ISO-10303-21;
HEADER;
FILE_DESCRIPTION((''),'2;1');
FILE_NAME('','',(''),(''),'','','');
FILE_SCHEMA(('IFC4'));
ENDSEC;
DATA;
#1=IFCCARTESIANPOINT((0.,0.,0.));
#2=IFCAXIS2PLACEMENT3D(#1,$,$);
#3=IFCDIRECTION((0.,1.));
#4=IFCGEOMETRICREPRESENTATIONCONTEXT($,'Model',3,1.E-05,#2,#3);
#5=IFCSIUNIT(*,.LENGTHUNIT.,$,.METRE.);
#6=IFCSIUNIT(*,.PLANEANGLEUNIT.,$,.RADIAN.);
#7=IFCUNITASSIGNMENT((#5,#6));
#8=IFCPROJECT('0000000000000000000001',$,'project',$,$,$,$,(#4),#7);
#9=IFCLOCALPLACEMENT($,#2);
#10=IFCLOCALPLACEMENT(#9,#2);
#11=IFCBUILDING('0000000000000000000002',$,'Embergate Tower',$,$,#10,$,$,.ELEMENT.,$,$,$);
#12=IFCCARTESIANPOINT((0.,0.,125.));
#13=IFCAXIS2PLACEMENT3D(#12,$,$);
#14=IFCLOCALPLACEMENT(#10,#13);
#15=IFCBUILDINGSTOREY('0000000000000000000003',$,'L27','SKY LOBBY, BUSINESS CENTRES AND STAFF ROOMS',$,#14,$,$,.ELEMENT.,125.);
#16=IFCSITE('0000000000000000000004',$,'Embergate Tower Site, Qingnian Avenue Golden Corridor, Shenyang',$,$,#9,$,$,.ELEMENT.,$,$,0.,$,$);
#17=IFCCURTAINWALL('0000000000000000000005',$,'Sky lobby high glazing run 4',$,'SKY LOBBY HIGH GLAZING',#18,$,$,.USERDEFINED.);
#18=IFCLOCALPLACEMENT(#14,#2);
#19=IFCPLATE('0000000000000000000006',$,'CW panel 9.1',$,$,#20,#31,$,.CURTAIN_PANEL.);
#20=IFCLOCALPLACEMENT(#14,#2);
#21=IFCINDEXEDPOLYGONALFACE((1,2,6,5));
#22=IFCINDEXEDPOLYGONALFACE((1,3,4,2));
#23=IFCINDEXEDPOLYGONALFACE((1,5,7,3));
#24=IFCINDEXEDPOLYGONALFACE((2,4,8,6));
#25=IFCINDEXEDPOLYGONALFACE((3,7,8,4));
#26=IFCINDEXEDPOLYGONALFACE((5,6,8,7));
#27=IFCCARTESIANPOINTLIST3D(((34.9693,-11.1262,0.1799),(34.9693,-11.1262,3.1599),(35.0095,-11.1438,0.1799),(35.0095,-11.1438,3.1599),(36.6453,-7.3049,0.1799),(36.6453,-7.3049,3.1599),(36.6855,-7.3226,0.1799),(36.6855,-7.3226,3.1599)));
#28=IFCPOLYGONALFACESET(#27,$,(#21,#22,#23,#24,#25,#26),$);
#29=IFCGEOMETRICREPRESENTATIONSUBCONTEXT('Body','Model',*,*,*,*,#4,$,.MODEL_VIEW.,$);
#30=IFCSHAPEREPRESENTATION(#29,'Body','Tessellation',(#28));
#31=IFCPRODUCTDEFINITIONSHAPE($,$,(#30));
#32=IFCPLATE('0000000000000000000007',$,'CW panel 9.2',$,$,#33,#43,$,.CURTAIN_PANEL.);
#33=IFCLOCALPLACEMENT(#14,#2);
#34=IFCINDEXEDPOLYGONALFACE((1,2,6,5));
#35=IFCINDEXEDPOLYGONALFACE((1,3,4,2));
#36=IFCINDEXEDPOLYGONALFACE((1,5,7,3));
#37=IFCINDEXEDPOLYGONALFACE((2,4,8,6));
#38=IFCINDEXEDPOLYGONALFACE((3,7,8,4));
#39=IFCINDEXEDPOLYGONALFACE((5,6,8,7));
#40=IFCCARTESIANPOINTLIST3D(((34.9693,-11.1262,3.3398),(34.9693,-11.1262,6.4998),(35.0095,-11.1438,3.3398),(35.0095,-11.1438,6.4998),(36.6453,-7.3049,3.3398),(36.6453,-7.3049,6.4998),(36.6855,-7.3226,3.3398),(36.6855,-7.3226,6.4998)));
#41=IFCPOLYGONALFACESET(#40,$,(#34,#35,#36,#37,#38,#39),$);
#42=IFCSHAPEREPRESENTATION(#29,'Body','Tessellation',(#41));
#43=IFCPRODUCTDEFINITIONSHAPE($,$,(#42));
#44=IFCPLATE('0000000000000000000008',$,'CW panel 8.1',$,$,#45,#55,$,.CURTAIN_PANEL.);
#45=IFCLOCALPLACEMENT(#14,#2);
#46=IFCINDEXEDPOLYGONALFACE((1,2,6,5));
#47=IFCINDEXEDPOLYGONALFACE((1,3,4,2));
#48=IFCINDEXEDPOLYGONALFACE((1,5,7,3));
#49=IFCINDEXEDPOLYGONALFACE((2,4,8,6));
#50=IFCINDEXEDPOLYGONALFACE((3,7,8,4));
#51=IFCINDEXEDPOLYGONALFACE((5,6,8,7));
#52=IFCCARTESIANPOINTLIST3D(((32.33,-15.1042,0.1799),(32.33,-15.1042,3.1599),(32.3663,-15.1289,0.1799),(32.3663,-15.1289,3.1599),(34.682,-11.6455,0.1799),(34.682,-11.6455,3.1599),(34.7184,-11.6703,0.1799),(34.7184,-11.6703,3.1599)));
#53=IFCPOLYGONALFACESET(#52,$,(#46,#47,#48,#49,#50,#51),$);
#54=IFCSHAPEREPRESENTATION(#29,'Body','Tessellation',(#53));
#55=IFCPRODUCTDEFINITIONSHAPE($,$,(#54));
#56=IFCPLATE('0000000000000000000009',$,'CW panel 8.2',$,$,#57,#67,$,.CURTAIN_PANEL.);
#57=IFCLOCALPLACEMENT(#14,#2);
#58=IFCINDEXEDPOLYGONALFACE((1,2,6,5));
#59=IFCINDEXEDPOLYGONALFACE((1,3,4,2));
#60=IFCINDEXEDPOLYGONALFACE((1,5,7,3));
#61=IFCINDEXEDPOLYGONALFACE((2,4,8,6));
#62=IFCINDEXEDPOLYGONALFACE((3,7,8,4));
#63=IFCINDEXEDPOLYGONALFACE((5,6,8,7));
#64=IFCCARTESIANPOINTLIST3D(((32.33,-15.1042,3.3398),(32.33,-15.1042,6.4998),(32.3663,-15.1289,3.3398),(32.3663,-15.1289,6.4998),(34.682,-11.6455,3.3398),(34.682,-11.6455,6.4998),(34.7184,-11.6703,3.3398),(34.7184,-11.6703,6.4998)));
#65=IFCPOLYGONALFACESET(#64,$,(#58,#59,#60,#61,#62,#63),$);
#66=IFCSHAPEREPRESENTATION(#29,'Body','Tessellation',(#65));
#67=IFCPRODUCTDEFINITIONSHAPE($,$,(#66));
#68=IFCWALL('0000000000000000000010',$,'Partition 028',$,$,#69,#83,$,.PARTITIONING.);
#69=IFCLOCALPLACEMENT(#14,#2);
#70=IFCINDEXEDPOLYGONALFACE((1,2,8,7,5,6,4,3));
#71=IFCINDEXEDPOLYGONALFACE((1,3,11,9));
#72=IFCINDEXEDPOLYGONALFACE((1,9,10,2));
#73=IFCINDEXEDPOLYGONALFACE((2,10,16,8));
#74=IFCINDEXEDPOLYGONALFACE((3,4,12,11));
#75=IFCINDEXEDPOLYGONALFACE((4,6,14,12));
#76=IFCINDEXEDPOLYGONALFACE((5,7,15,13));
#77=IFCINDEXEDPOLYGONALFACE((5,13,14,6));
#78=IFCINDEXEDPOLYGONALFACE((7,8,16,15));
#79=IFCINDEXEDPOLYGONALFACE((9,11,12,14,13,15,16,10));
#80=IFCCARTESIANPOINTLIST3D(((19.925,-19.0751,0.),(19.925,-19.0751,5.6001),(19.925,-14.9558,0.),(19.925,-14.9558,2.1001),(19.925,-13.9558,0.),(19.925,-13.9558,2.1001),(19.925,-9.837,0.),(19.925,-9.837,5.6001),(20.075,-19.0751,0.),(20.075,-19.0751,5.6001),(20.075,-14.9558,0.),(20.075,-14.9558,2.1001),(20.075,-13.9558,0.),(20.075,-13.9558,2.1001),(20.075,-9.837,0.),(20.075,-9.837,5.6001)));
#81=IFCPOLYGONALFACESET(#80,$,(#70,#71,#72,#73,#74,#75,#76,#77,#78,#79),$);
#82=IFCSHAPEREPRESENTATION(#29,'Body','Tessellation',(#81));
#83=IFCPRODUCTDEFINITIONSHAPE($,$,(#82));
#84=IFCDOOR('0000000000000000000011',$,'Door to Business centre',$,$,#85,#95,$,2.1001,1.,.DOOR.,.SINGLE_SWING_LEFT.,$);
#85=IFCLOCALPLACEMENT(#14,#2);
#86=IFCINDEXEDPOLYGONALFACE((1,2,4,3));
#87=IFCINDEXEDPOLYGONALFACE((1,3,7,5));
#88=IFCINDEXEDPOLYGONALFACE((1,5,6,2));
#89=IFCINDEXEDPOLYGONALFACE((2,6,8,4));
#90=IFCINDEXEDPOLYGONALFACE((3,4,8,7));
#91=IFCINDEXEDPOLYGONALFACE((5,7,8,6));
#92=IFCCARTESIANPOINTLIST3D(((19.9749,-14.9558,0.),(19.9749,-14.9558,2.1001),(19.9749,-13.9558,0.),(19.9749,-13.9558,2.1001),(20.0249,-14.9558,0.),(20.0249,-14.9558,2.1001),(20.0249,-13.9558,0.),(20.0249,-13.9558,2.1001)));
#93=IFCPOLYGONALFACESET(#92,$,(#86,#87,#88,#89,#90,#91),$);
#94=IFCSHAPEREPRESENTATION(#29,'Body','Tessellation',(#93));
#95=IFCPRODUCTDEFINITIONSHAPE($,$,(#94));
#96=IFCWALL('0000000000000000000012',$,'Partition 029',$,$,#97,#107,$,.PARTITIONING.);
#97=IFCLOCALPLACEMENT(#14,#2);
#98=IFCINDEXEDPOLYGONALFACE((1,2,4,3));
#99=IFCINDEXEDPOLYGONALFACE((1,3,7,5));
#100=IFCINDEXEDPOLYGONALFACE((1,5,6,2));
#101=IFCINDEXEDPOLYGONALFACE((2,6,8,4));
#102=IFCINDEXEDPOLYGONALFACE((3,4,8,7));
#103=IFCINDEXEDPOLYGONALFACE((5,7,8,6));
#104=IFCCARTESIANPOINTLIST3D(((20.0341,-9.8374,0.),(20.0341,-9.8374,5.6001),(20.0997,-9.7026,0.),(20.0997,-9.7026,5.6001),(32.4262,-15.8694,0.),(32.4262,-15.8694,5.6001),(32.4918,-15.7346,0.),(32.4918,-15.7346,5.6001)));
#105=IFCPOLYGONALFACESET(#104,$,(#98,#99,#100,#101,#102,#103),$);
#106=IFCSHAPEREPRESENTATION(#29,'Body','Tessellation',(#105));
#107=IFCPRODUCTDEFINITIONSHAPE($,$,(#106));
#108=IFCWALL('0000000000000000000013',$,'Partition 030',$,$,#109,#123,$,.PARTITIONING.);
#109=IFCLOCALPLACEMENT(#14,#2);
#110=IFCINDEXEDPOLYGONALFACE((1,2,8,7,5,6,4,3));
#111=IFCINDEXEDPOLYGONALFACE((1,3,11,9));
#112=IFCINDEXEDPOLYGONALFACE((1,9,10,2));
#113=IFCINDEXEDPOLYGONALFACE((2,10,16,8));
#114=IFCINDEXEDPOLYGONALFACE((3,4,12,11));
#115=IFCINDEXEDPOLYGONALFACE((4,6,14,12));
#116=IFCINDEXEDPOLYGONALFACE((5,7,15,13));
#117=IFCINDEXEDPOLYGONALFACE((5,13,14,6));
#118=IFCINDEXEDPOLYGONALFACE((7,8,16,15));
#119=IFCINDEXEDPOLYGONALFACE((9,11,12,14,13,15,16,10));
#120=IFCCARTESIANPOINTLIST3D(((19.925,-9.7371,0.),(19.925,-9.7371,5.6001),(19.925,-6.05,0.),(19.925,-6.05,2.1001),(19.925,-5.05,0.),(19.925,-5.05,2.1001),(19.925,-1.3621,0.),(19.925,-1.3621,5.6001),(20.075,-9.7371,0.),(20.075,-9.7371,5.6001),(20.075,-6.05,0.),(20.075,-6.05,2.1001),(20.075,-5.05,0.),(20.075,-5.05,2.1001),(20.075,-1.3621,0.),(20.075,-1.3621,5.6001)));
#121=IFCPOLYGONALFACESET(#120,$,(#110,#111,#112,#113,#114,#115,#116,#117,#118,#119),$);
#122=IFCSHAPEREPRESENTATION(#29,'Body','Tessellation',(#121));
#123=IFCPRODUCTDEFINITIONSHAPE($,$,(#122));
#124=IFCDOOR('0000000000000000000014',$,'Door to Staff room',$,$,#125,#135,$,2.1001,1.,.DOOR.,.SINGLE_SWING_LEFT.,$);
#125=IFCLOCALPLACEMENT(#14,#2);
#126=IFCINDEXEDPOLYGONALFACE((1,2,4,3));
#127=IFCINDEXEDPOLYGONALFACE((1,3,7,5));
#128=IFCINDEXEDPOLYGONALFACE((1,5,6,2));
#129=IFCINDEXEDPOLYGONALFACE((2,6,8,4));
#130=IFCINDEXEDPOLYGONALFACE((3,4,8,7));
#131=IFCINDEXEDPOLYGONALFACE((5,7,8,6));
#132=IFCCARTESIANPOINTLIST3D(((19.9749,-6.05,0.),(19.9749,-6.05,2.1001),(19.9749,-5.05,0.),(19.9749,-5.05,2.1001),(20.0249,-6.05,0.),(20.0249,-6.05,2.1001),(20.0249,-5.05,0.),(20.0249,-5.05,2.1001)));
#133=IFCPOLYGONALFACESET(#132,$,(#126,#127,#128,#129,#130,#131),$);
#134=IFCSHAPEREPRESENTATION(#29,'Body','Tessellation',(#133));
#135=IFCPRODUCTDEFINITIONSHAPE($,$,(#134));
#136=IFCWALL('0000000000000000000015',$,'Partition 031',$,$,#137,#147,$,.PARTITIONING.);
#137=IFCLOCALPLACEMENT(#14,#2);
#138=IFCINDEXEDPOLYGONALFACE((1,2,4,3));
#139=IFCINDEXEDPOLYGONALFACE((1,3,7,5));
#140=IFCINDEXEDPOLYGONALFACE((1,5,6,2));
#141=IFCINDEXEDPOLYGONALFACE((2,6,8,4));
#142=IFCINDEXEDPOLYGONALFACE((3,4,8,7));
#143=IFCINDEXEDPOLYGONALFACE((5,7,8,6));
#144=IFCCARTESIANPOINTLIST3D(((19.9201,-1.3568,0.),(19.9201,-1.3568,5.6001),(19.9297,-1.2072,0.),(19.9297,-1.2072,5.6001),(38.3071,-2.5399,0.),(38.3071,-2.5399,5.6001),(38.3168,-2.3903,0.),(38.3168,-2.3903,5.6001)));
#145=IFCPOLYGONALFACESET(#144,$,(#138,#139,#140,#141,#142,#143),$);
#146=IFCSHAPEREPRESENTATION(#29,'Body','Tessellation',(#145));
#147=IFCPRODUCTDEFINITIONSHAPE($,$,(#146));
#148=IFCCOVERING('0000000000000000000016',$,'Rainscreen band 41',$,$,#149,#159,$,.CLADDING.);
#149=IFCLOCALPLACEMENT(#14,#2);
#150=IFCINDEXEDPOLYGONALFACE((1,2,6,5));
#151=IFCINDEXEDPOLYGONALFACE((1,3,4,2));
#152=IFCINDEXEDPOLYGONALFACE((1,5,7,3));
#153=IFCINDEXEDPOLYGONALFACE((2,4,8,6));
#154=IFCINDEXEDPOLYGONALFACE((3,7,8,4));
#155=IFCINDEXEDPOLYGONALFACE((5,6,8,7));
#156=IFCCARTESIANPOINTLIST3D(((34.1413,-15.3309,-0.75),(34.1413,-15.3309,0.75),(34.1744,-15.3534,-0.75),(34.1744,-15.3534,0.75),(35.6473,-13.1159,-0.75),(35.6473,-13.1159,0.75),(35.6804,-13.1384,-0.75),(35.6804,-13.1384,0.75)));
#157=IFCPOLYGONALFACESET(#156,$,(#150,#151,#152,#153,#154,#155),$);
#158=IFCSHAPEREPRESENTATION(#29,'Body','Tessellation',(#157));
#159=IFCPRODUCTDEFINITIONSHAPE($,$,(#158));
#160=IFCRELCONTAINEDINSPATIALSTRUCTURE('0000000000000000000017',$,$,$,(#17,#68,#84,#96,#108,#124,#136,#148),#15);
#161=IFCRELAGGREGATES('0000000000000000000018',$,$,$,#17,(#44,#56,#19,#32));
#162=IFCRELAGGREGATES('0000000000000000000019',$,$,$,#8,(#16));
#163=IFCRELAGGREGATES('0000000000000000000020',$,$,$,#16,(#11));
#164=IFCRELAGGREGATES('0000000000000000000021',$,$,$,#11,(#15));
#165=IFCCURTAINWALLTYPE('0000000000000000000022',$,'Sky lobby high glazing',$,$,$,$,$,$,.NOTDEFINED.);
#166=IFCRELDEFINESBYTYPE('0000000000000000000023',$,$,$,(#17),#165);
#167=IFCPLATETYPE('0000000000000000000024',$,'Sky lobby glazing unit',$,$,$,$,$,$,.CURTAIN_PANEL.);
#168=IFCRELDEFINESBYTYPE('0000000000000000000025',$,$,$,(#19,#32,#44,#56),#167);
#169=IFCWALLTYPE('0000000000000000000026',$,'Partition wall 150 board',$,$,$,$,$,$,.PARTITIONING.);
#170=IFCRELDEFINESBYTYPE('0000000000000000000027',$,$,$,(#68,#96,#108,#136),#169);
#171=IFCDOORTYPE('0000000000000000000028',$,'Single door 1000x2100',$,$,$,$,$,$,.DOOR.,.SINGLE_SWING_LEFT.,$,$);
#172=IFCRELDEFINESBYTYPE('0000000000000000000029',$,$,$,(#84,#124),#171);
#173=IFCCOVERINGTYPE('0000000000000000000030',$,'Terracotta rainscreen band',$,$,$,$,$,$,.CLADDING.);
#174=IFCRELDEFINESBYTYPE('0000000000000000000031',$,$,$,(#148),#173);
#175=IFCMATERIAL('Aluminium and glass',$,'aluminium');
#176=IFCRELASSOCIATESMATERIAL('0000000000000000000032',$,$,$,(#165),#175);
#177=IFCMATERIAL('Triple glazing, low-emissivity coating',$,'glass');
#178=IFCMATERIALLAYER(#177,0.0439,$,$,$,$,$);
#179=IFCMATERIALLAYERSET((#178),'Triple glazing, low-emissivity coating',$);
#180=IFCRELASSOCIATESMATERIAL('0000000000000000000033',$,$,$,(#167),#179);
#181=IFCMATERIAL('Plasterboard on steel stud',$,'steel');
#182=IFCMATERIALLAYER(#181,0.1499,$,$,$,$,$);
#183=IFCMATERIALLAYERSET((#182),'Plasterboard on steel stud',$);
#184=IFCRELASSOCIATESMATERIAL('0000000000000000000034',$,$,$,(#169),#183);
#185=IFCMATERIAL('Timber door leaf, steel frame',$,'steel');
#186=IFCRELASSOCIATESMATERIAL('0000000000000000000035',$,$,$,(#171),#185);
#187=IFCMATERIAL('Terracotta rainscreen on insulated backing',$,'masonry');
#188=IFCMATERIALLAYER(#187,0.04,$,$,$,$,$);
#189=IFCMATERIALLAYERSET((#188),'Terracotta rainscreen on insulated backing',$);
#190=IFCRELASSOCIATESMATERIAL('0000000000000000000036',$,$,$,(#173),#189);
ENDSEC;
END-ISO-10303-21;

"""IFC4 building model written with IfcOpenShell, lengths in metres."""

from ifc_helpers import new_model, si_unit, direction, frame, frame_2d, origin, origin_2d, place, context, subcontext, project, spatial, rectangle, extrude, source, transform, mapped, material, layer, layer_set, type_object, element, fill, aggregate, save


model = new_model("IFC4")

# Units and contexts
model_context = context("Model", 3, precision=1e-05, world=origin(), true_north=direction((0.0, 1.0)))
body_context = subcontext(model_context, "Body", "Model", "MODEL_VIEW")
ifc_project = project(units=[si_unit("LENGTHUNIT", "METRE"), si_unit("PLANEANGLEUNIT", "RADIAN")], contexts=[model_context])

# Site, building, storey
site_placement = place(None, origin())
site = spatial("IfcSite", under=ifc_project, at=site_placement, Name="Embergate Tower Site, Qingnian Avenue Golden Corridor, Shenyang", CompositionType="ELEMENT", RefElevation=0.0)
building_placement = place(site_placement, origin())
building = spatial("IfcBuilding", under=site, at=building_placement, Name="Embergate Tower", CompositionType="ELEMENT")
storey_placement = place(building_placement, frame((0.0, 0.0, 125.0)))
storey = spatial("IfcBuildingStorey", under=building, at=storey_placement, Name="L27", Description="SKY LOBBY, BUSINESS CENTRES AND STAFF ROOMS", CompositionType="ELEMENT", Elevation=125.0)

# Curtain wall, plates
ifc_material_1 = material(Name="Aluminium and glass", Category="aluminium")
curtain_wall_type = type_object("IfcCurtainWallType", Name="Sky lobby high glazing", PredefinedType="NOTDEFINED", material=ifc_material_1)
curtain_wall_placement = place(storey_placement, origin())
curtain_wall = element("IfcCurtainWall", 1, at=curtain_wall_placement, inside=storey, type_object=curtain_wall_type, Name="Sky lobby high glazing run 4", ObjectType="SKY LOBBY HIGH GLAZING", PredefinedType="USERDEFINED")
ifc_material_2 = material(Name="Triple glazing, low-emissivity coating", Category="glass")
ifc_layer_1 = layer(ifc_material_2, 0.0439)
ifc_layer_set_1 = layer_set([ifc_layer_1], Name="Triple glazing, low-emissivity coating")
plate_type = type_object("IfcPlateType", Name="Sky lobby glazing unit", PredefinedType="CURTAIN_PANEL", material=ifc_layer_set_1)
shared_shape_1 = source(origin(), body_context, "Body", "SweptSolid", [
    extrude(rectangle(XDim=4.1726, YDim=0.0439, at=origin_2d()), origin(), (0.0, 0.0, 1.0), 2.98),
])
plate_1_placement = place(storey_placement, frame((35.8274, -9.2244, 0.1799), z_axis=(0.0, 0.0, 1.0), x_axis=(0.401658, 0.91579, 0.0)))
plate_1 = element("IfcPlate", 2, at=plate_1_placement, type_object=plate_type, Name="CW panel 9.1", PredefinedType="CURTAIN_PANEL", context=body_context, shape_type="MappedRepresentation", body=[
    mapped(shared_shape_1, transform((0.0, 0.0, 0.0))),
])
shared_shape_2 = source(origin(), body_context, "Body", "SweptSolid", [
    extrude(rectangle(XDim=4.1726, YDim=0.0439, at=origin_2d()), origin(), (0.0, 0.0, 1.0), 3.1599),
])
plate_2_placement = place(storey_placement, frame((35.8274, -9.2244, 3.3398), z_axis=(0.0, 0.0, 1.0), x_axis=(0.401658, 0.91579, 0.0)))
plate_2 = element("IfcPlate", 3, at=plate_2_placement, type_object=plate_type, Name="CW panel 9.2", PredefinedType="CURTAIN_PANEL", context=body_context, shape_type="MappedRepresentation", body=[
    mapped(shared_shape_2, transform((0.0, 0.0, 0.0))),
])
shared_shape_3 = source(origin(), body_context, "Body", "SweptSolid", [
    extrude(rectangle(XDim=4.1826, YDim=0.0439, at=origin_2d()), origin(), (0.0, 0.0, 1.0), 2.98),
])
plate_3_placement = place(storey_placement, frame((33.5242, -13.3872, 0.1799), z_axis=(0.0, 0.0, 1.0), x_axis=(0.562348, 0.826901, 0.0)))
plate_3 = element("IfcPlate", 4, at=plate_3_placement, type_object=plate_type, Name="CW panel 8.1", PredefinedType="CURTAIN_PANEL", context=body_context, shape_type="MappedRepresentation", body=[
    mapped(shared_shape_3, transform((0.0, 0.0, 0.0))),
])
shared_shape_4 = source(origin(), body_context, "Body", "SweptSolid", [
    extrude(rectangle(XDim=4.1826, YDim=0.0439, at=origin_2d()), origin(), (0.0, 0.0, 1.0), 3.1599),
])
plate_4_placement = place(storey_placement, frame((33.5242, -13.3872, 3.3398), z_axis=(0.0, 0.0, 1.0), x_axis=(0.562348, 0.826901, 0.0)))
plate_4 = element("IfcPlate", 5, at=plate_4_placement, type_object=plate_type, Name="CW panel 8.2", PredefinedType="CURTAIN_PANEL", context=body_context, shape_type="MappedRepresentation", body=[
    mapped(shared_shape_4, transform((0.0, 0.0, 0.0))),
])
aggregate(curtain_wall, [plate_3, plate_4, plate_1, plate_2])

# Wall, opening, door
ifc_material_3 = material(Name="Plasterboard on steel stud", Category="steel")
ifc_layer_2 = layer(ifc_material_3, 0.1499)
ifc_layer_set_2 = layer_set([ifc_layer_2], Name="Plasterboard on steel stud")
wall_type = type_object("IfcWallType", Name="Partition wall 150 board", PredefinedType="PARTITIONING", material=ifc_layer_set_2)
shared_shape_5 = source(origin(), body_context, "Body", "SweptSolid", [
    extrude(rectangle(XDim=9.238, YDim=0.1499, at=frame_2d((4.6191, 0.0))), origin(), (0.0, 0.0, 1.0), 5.6001),
])
wall_1_placement = place(storey_placement, frame((20.0, -9.8369, 0.0), z_axis=(0.0, 0.0, 1.0), x_axis=(0.0, -1.0, 0.0)))
wall_1 = element("IfcWall", 6, at=wall_1_placement, inside=storey, type_object=wall_type, Name="Partition 028", PredefinedType="PARTITIONING", context=body_context, shape_type="MappedRepresentation", body=[
    mapped(shared_shape_5, transform((0.0, 0.0, 0.0))),
])
shared_shape_6 = source(origin(), body_context, "Body", "SweptSolid", [
    extrude(rectangle(XDim=1.0, YDim=2.1001, at=frame_2d((0.5, 1.05))), frame((0.0, 0.085, 0.0), z_axis=(0.0, -1.0, 0.0), x_axis=(1.0, 0.0, 0.0)), (0.0, 0.0, 1.0), 0.1699),
])
opening_1_placement = place(wall_1_placement, frame((4.1189, 0.0, 0.0)))
opening_1 = element("IfcOpeningElement", 7, at=opening_1_placement, cuts=wall_1, PredefinedType="OPENING", context=body_context, shape_type="MappedRepresentation", body=[
    mapped(shared_shape_6, transform((0.0, 0.0, 0.0))),
])
ifc_material_4 = material(Name="Timber door leaf, steel frame", Category="steel")
door_type = type_object("IfcDoorType", Name="Single door 1000x2100", OperationType="SINGLE_SWING_LEFT", PredefinedType="DOOR", material=ifc_material_4)
shared_shape_7 = source(origin(), body_context, "Body", "SweptSolid", [
    extrude(rectangle(XDim=1.0, YDim=2.1001, at=frame_2d((0.5, 1.05))), frame((0.0, 0.0249, 0.0), z_axis=(0.0, -1.0, 0.0), x_axis=(1.0, 0.0, 0.0)), (0.0, 0.0, 1.0), 0.05),
])
door_1_placement = place(opening_1_placement, origin())
door_1 = element("IfcDoor", 8, at=door_1_placement, inside=storey, type_object=door_type, Name="Door to Business centre", OperationType="SINGLE_SWING_LEFT", OverallHeight=2.1001, OverallWidth=1.0, PredefinedType="DOOR", context=body_context, shape_type="MappedRepresentation", body=[
    mapped(shared_shape_7, transform((0.0, 0.0, 0.0))),
])
fill(opening_1, door_1)

# Wall
shared_shape_8 = source(origin(), body_context, "Body", "SweptSolid", [
    extrude(rectangle(XDim=13.7822, YDim=0.1499, at=frame_2d((6.8911, 0.0))), origin(), (0.0, 0.0, 1.0), 5.6001),
])
wall_2_placement = place(storey_placement, frame((20.0669, -9.77, 0.0), z_axis=(0.0, 0.0, 1.0), x_axis=(0.899138, -0.437665, 0.0)))
element("IfcWall", 9, at=wall_2_placement, inside=storey, type_object=wall_type, Name="Partition 029", PredefinedType="PARTITIONING", context=body_context, shape_type="MappedRepresentation", body=[
    mapped(shared_shape_8, transform((0.0, 0.0, 0.0))),
])

# Wall, opening, door
shared_shape_9 = source(origin(), body_context, "Body", "SweptSolid", [
    extrude(rectangle(XDim=8.375, YDim=0.1499, at=frame_2d((4.1875, 0.0))), origin(), (0.0, 0.0, 1.0), 5.6001),
])
wall_3_placement = place(storey_placement, frame((20.0, -1.3621, 0.0), z_axis=(0.0, 0.0, 1.0), x_axis=(0.0, -1.0, 0.0)))
wall_3 = element("IfcWall", 10, at=wall_3_placement, inside=storey, type_object=wall_type, Name="Partition 030", PredefinedType="PARTITIONING", context=body_context, shape_type="MappedRepresentation", body=[
    mapped(shared_shape_9, transform((0.0, 0.0, 0.0))),
])
opening_2_placement = place(wall_3_placement, frame((3.688, 0.0, 0.0)))
opening_2 = element("IfcOpeningElement", 11, at=opening_2_placement, cuts=wall_3, PredefinedType="OPENING", context=body_context, shape_type="MappedRepresentation", body=[
    mapped(shared_shape_6, transform((0.0, 0.0, 0.0))),
])
door_2_placement = place(opening_2_placement, origin())
door_2 = element("IfcDoor", 12, at=door_2_placement, inside=storey, type_object=door_type, Name="Door to Staff room", OperationType="SINGLE_SWING_LEFT", OverallHeight=2.1001, OverallWidth=1.0, PredefinedType="DOOR", context=body_context, shape_type="MappedRepresentation", body=[
    mapped(shared_shape_7, transform((0.0, 0.0, 0.0))),
])
fill(opening_2, door_2)

# Wall
shared_shape_10 = source(origin(), body_context, "Body", "SweptSolid", [
    extrude(rectangle(XDim=18.425, YDim=0.1499, at=frame_2d((9.2124, 0.0))), origin(), (0.0, 0.0, 1.0), 5.6001),
])
wall_4_placement = place(storey_placement, frame((19.925, -1.282, 0.0), z_axis=(0.0, 0.0, 1.0), x_axis=(0.997936, -0.064212, 0.0)))
element("IfcWall", 13, at=wall_4_placement, inside=storey, type_object=wall_type, Name="Partition 031", PredefinedType="PARTITIONING", context=body_context, shape_type="MappedRepresentation", body=[
    mapped(shared_shape_10, transform((0.0, 0.0, 0.0))),
])

# Covering
ifc_material_5 = material(Name="Terracotta rainscreen on insulated backing", Category="masonry")
ifc_layer_3 = layer(ifc_material_5, 0.04)
ifc_layer_set_3 = layer_set([ifc_layer_3], Name="Terracotta rainscreen on insulated backing")
covering_type = type_object("IfcCoveringType", Name="Terracotta rainscreen band", PredefinedType="CLADDING", material=ifc_layer_set_3)
shared_shape_11 = source(origin(), body_context, "Body", "SweptSolid", [
    extrude(rectangle(XDim=2.6785, YDim=0.04, at=origin_2d()), origin(), (0.0, 0.0, 1.0), 1.5),
])
covering_placement = place(storey_placement, frame((34.9109, -14.2346, -0.75), z_axis=(0.0, 0.0, 1.0), x_axis=(0.562259, 0.826961, 0.0)))
element("IfcCovering", 14, at=covering_placement, inside=storey, type_object=covering_type, Name="Rainscreen band 41", PredefinedType="CLADDING", context=body_context, shape_type="MappedRepresentation", body=[
    mapped(shared_shape_11, transform((0.0, 0.0, 0.0))),
])

save(model, "model.ifc")
